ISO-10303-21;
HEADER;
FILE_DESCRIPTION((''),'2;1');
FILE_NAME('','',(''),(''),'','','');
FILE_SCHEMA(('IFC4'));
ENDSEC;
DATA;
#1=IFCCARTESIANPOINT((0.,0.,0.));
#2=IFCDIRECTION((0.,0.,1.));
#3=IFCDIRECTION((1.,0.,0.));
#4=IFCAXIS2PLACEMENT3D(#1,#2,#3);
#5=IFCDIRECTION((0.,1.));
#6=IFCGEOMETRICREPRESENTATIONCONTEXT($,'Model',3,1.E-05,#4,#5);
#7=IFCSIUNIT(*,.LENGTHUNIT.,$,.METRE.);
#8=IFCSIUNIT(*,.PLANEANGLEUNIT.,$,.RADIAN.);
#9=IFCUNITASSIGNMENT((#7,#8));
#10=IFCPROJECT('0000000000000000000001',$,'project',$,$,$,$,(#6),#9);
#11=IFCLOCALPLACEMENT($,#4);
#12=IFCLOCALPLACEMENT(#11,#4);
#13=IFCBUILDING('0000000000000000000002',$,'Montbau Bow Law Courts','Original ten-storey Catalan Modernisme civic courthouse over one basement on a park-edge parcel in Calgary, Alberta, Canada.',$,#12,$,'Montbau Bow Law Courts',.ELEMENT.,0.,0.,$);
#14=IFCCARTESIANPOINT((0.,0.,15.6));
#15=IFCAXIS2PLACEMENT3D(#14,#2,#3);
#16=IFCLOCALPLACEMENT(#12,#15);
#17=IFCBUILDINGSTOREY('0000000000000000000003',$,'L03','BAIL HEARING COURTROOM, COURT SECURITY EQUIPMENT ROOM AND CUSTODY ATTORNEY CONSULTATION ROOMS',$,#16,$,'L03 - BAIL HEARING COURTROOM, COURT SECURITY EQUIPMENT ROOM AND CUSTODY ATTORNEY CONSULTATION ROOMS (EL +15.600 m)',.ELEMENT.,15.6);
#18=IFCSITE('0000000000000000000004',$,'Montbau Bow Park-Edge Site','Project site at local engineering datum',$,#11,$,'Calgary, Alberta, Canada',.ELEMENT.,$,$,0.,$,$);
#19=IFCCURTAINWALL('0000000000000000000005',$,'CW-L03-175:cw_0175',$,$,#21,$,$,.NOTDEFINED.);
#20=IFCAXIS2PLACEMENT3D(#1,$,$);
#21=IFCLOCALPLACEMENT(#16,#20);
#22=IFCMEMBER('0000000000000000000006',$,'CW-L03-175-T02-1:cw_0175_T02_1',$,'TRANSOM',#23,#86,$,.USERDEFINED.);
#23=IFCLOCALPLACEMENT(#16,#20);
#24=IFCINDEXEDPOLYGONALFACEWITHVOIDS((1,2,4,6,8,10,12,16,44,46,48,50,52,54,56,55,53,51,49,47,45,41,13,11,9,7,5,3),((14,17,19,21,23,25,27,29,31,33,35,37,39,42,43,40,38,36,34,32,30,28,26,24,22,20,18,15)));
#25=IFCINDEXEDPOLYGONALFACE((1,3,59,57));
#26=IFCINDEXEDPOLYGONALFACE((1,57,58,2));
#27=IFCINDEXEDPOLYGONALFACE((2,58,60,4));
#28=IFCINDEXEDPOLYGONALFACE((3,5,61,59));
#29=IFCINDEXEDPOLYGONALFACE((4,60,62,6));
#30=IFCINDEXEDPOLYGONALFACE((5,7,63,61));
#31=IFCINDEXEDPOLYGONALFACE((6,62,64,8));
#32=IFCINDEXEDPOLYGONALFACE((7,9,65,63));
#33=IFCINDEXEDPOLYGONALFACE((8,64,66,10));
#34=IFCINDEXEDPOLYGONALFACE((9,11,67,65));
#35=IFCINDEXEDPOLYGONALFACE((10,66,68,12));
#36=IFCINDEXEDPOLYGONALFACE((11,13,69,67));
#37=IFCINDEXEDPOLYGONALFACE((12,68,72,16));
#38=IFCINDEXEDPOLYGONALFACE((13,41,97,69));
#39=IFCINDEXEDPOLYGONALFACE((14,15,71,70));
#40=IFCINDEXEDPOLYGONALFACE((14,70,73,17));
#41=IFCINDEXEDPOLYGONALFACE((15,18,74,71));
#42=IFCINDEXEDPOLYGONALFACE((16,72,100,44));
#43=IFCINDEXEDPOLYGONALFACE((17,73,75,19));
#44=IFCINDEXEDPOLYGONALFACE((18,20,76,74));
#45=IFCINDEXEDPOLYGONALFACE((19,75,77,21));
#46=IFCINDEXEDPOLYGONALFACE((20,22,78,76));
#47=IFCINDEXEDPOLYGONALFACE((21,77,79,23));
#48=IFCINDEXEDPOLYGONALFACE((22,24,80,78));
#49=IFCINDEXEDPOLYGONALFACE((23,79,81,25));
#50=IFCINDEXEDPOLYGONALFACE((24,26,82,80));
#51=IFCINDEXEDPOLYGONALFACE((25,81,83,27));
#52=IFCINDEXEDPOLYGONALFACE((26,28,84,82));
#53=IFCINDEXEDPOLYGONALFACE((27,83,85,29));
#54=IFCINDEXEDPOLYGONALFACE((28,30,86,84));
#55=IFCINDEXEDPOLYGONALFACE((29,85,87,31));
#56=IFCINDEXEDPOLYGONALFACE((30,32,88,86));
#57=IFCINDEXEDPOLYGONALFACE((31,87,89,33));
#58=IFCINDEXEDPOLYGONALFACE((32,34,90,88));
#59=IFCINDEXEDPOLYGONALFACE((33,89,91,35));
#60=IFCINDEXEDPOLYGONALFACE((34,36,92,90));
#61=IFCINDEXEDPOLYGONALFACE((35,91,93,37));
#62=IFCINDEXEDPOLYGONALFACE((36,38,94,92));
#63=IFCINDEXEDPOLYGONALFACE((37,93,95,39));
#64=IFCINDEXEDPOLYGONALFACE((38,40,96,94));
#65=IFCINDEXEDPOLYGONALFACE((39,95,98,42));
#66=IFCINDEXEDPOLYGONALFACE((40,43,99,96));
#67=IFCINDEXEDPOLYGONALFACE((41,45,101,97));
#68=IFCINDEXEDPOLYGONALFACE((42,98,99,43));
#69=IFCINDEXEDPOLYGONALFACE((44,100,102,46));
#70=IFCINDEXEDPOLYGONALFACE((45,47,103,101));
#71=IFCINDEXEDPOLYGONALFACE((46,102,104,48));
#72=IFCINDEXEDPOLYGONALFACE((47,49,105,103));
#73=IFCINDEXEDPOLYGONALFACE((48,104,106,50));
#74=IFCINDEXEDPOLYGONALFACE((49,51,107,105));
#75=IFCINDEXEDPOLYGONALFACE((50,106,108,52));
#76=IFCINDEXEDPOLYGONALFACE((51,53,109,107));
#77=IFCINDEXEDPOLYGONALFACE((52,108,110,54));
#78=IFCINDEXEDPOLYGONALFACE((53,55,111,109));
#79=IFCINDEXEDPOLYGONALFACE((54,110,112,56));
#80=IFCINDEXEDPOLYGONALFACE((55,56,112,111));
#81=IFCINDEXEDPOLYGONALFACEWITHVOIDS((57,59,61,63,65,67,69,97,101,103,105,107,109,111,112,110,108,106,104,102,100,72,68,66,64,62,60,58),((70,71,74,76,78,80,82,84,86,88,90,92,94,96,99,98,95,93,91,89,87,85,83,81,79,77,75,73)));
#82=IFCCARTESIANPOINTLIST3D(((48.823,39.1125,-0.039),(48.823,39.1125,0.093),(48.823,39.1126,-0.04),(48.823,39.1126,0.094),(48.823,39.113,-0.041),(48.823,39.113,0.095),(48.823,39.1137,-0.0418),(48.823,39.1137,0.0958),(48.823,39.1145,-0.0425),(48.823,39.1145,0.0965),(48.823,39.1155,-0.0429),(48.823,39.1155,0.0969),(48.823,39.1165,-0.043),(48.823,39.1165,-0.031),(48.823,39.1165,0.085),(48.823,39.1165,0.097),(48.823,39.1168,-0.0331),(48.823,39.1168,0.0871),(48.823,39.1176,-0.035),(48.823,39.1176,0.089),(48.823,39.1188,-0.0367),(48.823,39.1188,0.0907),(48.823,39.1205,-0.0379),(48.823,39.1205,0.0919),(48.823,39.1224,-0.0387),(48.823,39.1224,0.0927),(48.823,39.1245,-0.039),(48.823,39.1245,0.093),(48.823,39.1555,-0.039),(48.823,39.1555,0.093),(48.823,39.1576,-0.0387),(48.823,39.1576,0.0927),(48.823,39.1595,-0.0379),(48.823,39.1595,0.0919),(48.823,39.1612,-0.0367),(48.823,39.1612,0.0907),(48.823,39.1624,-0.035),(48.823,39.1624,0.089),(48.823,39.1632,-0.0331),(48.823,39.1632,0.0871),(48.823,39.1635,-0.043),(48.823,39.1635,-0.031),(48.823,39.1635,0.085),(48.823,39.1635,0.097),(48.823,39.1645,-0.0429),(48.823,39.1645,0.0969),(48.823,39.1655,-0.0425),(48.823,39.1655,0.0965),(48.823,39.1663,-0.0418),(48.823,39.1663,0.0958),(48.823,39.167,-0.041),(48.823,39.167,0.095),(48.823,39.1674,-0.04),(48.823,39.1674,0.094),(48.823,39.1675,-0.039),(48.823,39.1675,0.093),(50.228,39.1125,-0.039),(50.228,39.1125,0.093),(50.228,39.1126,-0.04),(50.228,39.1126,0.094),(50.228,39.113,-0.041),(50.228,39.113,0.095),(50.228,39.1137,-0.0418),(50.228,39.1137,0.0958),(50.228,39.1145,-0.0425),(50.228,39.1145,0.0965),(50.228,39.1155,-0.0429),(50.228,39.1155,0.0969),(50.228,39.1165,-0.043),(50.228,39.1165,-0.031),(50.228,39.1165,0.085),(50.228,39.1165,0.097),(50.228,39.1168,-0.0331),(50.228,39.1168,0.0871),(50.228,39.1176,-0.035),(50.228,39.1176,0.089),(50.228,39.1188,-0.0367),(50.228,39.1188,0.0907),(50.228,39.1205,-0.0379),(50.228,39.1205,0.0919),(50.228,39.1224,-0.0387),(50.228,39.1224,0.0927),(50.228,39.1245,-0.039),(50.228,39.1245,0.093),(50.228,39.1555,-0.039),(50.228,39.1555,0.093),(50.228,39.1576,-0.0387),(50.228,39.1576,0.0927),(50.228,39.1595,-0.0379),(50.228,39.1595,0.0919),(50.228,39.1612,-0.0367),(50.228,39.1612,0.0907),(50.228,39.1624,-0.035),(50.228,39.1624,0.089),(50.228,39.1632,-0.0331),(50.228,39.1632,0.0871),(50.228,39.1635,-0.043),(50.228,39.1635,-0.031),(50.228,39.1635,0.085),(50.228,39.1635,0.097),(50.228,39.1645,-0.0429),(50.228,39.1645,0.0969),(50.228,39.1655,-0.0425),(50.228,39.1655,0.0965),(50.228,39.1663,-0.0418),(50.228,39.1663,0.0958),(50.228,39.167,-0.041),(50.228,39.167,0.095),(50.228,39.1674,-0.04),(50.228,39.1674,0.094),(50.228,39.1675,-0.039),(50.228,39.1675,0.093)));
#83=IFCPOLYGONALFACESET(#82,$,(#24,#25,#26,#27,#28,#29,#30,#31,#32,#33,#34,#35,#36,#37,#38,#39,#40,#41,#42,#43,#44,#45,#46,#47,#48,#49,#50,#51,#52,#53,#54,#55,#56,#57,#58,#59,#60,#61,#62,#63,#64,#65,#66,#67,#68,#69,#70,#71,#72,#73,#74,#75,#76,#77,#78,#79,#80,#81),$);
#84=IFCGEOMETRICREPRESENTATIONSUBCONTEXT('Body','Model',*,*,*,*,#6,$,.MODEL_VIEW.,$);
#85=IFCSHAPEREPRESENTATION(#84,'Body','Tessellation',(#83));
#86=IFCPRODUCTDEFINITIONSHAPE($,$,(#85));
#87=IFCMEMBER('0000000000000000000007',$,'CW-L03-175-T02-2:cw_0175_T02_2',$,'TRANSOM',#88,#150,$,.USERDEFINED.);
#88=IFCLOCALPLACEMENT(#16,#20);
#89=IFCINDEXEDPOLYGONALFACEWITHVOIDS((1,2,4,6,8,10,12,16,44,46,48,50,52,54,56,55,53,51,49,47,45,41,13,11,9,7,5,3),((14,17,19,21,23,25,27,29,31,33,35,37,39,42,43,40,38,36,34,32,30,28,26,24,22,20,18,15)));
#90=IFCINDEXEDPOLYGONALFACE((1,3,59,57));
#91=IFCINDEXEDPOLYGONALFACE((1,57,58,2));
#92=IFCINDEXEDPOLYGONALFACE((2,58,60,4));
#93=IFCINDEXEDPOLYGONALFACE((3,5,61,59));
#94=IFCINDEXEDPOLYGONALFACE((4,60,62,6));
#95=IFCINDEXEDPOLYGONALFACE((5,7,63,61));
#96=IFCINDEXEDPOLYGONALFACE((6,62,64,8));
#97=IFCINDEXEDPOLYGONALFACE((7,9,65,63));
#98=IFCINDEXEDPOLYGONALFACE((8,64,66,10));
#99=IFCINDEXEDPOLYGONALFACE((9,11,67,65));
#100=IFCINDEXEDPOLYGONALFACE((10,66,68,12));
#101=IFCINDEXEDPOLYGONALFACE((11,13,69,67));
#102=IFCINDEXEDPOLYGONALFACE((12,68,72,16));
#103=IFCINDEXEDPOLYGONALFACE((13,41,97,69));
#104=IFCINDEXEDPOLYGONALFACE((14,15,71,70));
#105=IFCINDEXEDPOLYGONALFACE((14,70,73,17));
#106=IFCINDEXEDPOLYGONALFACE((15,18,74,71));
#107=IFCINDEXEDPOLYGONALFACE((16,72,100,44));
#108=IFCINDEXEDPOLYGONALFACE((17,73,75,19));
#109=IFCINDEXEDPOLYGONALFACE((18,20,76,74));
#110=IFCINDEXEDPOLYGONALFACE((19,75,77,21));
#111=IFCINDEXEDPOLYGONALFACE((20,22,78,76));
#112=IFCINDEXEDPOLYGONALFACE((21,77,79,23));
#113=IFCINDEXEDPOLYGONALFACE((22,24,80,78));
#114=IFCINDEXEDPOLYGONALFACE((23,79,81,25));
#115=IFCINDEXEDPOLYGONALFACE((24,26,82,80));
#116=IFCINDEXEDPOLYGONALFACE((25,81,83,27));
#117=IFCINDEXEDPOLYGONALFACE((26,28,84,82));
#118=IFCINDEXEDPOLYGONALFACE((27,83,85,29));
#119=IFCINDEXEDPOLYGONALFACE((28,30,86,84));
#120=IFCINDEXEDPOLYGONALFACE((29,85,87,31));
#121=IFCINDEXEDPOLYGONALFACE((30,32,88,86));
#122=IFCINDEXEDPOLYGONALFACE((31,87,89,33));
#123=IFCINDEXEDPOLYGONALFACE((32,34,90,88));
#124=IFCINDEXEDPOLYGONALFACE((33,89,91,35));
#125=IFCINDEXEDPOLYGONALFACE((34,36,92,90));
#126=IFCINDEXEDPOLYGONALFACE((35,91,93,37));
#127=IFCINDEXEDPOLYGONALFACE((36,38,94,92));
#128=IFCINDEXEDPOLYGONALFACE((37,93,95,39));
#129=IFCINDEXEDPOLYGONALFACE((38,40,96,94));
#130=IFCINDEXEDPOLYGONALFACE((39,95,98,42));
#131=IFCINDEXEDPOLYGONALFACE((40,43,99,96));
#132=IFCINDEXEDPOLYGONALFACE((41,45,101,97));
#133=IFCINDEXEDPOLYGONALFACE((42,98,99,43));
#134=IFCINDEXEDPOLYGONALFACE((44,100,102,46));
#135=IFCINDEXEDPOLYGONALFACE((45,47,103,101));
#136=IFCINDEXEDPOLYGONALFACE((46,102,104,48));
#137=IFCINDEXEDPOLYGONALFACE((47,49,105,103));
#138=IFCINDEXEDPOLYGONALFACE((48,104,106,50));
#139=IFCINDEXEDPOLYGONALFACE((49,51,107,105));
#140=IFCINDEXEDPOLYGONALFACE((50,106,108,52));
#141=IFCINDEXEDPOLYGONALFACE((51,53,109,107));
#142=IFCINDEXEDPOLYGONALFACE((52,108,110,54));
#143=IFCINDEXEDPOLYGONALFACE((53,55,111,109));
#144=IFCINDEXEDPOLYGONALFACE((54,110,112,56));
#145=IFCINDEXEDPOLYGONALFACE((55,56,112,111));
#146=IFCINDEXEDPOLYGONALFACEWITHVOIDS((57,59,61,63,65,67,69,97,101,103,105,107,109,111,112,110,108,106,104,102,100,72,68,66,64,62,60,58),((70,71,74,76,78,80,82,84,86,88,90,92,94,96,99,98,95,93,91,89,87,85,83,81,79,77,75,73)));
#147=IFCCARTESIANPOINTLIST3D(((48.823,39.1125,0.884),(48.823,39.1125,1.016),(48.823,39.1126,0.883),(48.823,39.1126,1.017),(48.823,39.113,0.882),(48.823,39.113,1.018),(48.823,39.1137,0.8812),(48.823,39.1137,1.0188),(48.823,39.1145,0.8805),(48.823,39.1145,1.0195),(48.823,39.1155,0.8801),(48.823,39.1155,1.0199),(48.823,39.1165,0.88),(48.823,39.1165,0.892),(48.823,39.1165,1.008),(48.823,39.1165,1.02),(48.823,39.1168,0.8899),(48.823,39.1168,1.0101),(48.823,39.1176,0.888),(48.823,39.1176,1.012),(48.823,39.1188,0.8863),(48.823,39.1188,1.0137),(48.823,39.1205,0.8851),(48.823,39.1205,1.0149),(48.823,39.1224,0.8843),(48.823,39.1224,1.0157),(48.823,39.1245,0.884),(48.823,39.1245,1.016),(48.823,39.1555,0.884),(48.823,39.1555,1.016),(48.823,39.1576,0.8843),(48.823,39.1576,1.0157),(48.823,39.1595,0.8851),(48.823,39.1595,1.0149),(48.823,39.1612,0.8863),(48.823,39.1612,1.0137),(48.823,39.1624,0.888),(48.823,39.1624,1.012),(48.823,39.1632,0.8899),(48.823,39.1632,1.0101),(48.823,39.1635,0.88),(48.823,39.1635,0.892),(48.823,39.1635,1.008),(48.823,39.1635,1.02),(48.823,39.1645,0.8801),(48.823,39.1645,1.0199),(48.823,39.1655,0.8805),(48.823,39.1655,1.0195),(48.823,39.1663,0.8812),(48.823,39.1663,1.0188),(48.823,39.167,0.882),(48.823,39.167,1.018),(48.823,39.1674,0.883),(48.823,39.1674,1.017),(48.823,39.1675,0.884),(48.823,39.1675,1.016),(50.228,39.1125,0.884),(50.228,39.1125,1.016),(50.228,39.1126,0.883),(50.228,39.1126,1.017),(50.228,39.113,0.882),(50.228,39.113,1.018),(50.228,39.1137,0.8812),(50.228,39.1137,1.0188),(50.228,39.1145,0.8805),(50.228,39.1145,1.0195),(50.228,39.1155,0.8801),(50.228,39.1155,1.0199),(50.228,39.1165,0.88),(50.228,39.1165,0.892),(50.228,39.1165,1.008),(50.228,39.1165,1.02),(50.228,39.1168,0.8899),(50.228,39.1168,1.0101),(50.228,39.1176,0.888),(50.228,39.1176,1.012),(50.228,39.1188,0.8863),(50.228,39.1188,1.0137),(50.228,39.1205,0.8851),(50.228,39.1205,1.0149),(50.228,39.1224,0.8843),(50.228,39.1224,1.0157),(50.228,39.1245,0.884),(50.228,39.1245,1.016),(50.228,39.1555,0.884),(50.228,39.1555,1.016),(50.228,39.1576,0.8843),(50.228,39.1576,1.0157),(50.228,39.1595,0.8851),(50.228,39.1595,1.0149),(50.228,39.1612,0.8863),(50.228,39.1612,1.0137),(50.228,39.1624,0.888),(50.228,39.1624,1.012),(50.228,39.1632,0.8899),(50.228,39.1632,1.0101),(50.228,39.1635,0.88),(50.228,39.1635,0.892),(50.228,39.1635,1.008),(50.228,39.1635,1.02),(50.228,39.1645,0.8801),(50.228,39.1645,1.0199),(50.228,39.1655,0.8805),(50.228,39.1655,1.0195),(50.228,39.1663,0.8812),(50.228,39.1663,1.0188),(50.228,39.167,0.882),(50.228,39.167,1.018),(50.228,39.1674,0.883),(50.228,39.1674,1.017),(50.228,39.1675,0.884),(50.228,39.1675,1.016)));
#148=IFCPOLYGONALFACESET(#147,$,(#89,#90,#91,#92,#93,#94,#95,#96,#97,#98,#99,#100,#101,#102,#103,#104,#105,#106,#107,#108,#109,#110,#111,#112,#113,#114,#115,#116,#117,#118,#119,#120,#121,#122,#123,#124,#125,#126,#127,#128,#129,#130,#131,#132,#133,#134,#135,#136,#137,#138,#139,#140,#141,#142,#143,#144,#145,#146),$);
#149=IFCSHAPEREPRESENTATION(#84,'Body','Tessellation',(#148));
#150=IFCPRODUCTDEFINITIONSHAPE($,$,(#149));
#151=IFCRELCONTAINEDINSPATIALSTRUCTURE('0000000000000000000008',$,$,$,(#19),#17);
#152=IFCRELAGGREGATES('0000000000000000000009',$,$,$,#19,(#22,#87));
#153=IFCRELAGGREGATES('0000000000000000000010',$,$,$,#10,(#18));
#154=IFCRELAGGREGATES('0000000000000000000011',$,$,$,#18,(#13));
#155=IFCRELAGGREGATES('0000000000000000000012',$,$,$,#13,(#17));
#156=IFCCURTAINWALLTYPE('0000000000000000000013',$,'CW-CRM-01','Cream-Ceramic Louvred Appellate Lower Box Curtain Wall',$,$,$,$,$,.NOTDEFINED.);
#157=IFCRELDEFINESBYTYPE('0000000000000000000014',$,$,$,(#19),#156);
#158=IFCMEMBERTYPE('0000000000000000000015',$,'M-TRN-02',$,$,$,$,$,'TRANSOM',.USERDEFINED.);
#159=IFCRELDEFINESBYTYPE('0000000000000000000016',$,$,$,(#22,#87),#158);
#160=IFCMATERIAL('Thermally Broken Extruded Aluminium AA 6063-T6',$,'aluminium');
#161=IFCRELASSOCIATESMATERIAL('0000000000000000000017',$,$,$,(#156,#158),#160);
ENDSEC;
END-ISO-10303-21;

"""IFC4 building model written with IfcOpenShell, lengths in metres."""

from ifc_helpers import new_model, si_unit, direction, frame, origin_with_axes, origin_2d_with_axis, place, context, subcontext, project, spatial, hollow_rectangle, extrude, material, material_profile, profile_set, type_object, element, aggregate, save


model = new_model("IFC4")

# Units and contexts
model_context = context("Model", 3, precision=1e-05, world=origin_with_axes(), true_north=direction((0.0, 1.0)))
body_context = subcontext(model_context, "Body", "Model", "MODEL_VIEW")
ifc_project = project(units=[si_unit("LENGTHUNIT", "METRE"), si_unit("PLANEANGLEUNIT", "RADIAN")], contexts=[model_context])

# Site, building, storey
site_placement = place(None, origin_with_axes())
site = spatial("IfcSite", under=ifc_project, at=site_placement, Name="Montbau Bow Park-Edge Site", Description="Project site at local engineering datum", LongName="Calgary, Alberta, Canada", CompositionType="ELEMENT", RefElevation=0.0)
building_placement = place(site_placement, origin_with_axes())
building = spatial("IfcBuilding", under=site, at=building_placement, Name="Montbau Bow Law Courts", Description="Original ten-storey Catalan Modernisme civic courthouse over one basement on a park-edge parcel in Calgary, Alberta, Canada.", LongName="Montbau Bow Law Courts", CompositionType="ELEMENT", ElevationOfRefHeight=0.0, ElevationOfTerrain=0.0)
storey_placement = place(building_placement, frame((0.0, 0.0, 15.6), z_axis=(0.0, 0.0, 1.0), x_axis=(1.0, 0.0, 0.0)))
storey = spatial("IfcBuildingStorey", under=building, at=storey_placement, Name="L03", Description="BAIL HEARING COURTROOM, COURT SECURITY EQUIPMENT ROOM AND CUSTODY ATTORNEY CONSULTATION ROOMS", LongName="L03 - BAIL HEARING COURTROOM, COURT SECURITY EQUIPMENT ROOM AND CUSTODY ATTORNEY CONSULTATION ROOMS (EL +15.600 m)", CompositionType="ELEMENT", Elevation=15.6)

# Curtain wall, members
ifc_material_1 = material(Name="Thermally Broken Extruded Aluminium AA 6063-T6", Category="aluminium")
curtain_wall_type = type_object("IfcCurtainWallType", Name="CW-CRM-01", Description="Cream-Ceramic Louvred Appellate Lower Box Curtain Wall", PredefinedType="NOTDEFINED", material=ifc_material_1)
curtain_wall_placement = place(None, frame((47.315, 39.14, 15.6), z_axis=(0.0, 0.0, 1.0), x_axis=(1.0, 0.0, 0.0)))
curtain_wall = element("IfcCurtainWall", 1, at=curtain_wall_placement, inside=storey, type_object=curtain_wall_type, Name="CW-L03-175:cw_0175", PredefinedType="NOTDEFINED")
ifc_material_profile_1 = material_profile(ifc_material_1, hollow_rectangle(XDim=0.055, YDim=0.14, WallThickness=0.004, InnerFilletRadius=0.008, OuterFilletRadius=0.004, at=origin_2d_with_axis()), Name="CWT-140X55", Category="Main", Priority=0)
ifc_profile_set_1 = profile_set([ifc_material_profile_1], Name="Thermally Broken Extruded Aluminium AA 6063-T6")
member_type = type_object("IfcMemberType", Name="M-TRN-02", ElementType="TRANSOM", PredefinedType="USERDEFINED", material=ifc_profile_set_1)
member_1_placement = place(None, frame((48.823, 39.14, 15.627), z_axis=(1.0, 0.0, 0.0), x_axis=(0.0, 1.0, 0.0)))
member_1 = element("IfcMember", 2, at=member_1_placement, type_object=member_type, Name="CW-L03-175-T02-1:cw_0175_T02_1", ObjectType="TRANSOM", PredefinedType="USERDEFINED", context=body_context, shape_type="SweptSolid", body=[
    extrude(hollow_rectangle(XDim=0.055, YDim=0.14, WallThickness=0.004, InnerFilletRadius=0.008, OuterFilletRadius=0.004, at=origin_2d_with_axis()), origin_with_axes(), (0.0, 0.0, 1.0), 1.405),
])
member_2_placement = place(None, frame((48.823, 39.14, 16.55), z_axis=(1.0, 0.0, 0.0), x_axis=(0.0, 1.0, 0.0)))
member_2 = element("IfcMember", 3, at=member_2_placement, type_object=member_type, Name="CW-L03-175-T02-2:cw_0175_T02_2", ObjectType="TRANSOM", PredefinedType="USERDEFINED", context=body_context, shape_type="SweptSolid", body=[
    extrude(hollow_rectangle(XDim=0.055, YDim=0.14, WallThickness=0.004, InnerFilletRadius=0.008, OuterFilletRadius=0.004, at=origin_2d_with_axis()), origin_with_axes(), (0.0, 0.0, 1.0), 1.405),
])
aggregate(curtain_wall, [member_1, member_2])

save(model, "model.ifc")
